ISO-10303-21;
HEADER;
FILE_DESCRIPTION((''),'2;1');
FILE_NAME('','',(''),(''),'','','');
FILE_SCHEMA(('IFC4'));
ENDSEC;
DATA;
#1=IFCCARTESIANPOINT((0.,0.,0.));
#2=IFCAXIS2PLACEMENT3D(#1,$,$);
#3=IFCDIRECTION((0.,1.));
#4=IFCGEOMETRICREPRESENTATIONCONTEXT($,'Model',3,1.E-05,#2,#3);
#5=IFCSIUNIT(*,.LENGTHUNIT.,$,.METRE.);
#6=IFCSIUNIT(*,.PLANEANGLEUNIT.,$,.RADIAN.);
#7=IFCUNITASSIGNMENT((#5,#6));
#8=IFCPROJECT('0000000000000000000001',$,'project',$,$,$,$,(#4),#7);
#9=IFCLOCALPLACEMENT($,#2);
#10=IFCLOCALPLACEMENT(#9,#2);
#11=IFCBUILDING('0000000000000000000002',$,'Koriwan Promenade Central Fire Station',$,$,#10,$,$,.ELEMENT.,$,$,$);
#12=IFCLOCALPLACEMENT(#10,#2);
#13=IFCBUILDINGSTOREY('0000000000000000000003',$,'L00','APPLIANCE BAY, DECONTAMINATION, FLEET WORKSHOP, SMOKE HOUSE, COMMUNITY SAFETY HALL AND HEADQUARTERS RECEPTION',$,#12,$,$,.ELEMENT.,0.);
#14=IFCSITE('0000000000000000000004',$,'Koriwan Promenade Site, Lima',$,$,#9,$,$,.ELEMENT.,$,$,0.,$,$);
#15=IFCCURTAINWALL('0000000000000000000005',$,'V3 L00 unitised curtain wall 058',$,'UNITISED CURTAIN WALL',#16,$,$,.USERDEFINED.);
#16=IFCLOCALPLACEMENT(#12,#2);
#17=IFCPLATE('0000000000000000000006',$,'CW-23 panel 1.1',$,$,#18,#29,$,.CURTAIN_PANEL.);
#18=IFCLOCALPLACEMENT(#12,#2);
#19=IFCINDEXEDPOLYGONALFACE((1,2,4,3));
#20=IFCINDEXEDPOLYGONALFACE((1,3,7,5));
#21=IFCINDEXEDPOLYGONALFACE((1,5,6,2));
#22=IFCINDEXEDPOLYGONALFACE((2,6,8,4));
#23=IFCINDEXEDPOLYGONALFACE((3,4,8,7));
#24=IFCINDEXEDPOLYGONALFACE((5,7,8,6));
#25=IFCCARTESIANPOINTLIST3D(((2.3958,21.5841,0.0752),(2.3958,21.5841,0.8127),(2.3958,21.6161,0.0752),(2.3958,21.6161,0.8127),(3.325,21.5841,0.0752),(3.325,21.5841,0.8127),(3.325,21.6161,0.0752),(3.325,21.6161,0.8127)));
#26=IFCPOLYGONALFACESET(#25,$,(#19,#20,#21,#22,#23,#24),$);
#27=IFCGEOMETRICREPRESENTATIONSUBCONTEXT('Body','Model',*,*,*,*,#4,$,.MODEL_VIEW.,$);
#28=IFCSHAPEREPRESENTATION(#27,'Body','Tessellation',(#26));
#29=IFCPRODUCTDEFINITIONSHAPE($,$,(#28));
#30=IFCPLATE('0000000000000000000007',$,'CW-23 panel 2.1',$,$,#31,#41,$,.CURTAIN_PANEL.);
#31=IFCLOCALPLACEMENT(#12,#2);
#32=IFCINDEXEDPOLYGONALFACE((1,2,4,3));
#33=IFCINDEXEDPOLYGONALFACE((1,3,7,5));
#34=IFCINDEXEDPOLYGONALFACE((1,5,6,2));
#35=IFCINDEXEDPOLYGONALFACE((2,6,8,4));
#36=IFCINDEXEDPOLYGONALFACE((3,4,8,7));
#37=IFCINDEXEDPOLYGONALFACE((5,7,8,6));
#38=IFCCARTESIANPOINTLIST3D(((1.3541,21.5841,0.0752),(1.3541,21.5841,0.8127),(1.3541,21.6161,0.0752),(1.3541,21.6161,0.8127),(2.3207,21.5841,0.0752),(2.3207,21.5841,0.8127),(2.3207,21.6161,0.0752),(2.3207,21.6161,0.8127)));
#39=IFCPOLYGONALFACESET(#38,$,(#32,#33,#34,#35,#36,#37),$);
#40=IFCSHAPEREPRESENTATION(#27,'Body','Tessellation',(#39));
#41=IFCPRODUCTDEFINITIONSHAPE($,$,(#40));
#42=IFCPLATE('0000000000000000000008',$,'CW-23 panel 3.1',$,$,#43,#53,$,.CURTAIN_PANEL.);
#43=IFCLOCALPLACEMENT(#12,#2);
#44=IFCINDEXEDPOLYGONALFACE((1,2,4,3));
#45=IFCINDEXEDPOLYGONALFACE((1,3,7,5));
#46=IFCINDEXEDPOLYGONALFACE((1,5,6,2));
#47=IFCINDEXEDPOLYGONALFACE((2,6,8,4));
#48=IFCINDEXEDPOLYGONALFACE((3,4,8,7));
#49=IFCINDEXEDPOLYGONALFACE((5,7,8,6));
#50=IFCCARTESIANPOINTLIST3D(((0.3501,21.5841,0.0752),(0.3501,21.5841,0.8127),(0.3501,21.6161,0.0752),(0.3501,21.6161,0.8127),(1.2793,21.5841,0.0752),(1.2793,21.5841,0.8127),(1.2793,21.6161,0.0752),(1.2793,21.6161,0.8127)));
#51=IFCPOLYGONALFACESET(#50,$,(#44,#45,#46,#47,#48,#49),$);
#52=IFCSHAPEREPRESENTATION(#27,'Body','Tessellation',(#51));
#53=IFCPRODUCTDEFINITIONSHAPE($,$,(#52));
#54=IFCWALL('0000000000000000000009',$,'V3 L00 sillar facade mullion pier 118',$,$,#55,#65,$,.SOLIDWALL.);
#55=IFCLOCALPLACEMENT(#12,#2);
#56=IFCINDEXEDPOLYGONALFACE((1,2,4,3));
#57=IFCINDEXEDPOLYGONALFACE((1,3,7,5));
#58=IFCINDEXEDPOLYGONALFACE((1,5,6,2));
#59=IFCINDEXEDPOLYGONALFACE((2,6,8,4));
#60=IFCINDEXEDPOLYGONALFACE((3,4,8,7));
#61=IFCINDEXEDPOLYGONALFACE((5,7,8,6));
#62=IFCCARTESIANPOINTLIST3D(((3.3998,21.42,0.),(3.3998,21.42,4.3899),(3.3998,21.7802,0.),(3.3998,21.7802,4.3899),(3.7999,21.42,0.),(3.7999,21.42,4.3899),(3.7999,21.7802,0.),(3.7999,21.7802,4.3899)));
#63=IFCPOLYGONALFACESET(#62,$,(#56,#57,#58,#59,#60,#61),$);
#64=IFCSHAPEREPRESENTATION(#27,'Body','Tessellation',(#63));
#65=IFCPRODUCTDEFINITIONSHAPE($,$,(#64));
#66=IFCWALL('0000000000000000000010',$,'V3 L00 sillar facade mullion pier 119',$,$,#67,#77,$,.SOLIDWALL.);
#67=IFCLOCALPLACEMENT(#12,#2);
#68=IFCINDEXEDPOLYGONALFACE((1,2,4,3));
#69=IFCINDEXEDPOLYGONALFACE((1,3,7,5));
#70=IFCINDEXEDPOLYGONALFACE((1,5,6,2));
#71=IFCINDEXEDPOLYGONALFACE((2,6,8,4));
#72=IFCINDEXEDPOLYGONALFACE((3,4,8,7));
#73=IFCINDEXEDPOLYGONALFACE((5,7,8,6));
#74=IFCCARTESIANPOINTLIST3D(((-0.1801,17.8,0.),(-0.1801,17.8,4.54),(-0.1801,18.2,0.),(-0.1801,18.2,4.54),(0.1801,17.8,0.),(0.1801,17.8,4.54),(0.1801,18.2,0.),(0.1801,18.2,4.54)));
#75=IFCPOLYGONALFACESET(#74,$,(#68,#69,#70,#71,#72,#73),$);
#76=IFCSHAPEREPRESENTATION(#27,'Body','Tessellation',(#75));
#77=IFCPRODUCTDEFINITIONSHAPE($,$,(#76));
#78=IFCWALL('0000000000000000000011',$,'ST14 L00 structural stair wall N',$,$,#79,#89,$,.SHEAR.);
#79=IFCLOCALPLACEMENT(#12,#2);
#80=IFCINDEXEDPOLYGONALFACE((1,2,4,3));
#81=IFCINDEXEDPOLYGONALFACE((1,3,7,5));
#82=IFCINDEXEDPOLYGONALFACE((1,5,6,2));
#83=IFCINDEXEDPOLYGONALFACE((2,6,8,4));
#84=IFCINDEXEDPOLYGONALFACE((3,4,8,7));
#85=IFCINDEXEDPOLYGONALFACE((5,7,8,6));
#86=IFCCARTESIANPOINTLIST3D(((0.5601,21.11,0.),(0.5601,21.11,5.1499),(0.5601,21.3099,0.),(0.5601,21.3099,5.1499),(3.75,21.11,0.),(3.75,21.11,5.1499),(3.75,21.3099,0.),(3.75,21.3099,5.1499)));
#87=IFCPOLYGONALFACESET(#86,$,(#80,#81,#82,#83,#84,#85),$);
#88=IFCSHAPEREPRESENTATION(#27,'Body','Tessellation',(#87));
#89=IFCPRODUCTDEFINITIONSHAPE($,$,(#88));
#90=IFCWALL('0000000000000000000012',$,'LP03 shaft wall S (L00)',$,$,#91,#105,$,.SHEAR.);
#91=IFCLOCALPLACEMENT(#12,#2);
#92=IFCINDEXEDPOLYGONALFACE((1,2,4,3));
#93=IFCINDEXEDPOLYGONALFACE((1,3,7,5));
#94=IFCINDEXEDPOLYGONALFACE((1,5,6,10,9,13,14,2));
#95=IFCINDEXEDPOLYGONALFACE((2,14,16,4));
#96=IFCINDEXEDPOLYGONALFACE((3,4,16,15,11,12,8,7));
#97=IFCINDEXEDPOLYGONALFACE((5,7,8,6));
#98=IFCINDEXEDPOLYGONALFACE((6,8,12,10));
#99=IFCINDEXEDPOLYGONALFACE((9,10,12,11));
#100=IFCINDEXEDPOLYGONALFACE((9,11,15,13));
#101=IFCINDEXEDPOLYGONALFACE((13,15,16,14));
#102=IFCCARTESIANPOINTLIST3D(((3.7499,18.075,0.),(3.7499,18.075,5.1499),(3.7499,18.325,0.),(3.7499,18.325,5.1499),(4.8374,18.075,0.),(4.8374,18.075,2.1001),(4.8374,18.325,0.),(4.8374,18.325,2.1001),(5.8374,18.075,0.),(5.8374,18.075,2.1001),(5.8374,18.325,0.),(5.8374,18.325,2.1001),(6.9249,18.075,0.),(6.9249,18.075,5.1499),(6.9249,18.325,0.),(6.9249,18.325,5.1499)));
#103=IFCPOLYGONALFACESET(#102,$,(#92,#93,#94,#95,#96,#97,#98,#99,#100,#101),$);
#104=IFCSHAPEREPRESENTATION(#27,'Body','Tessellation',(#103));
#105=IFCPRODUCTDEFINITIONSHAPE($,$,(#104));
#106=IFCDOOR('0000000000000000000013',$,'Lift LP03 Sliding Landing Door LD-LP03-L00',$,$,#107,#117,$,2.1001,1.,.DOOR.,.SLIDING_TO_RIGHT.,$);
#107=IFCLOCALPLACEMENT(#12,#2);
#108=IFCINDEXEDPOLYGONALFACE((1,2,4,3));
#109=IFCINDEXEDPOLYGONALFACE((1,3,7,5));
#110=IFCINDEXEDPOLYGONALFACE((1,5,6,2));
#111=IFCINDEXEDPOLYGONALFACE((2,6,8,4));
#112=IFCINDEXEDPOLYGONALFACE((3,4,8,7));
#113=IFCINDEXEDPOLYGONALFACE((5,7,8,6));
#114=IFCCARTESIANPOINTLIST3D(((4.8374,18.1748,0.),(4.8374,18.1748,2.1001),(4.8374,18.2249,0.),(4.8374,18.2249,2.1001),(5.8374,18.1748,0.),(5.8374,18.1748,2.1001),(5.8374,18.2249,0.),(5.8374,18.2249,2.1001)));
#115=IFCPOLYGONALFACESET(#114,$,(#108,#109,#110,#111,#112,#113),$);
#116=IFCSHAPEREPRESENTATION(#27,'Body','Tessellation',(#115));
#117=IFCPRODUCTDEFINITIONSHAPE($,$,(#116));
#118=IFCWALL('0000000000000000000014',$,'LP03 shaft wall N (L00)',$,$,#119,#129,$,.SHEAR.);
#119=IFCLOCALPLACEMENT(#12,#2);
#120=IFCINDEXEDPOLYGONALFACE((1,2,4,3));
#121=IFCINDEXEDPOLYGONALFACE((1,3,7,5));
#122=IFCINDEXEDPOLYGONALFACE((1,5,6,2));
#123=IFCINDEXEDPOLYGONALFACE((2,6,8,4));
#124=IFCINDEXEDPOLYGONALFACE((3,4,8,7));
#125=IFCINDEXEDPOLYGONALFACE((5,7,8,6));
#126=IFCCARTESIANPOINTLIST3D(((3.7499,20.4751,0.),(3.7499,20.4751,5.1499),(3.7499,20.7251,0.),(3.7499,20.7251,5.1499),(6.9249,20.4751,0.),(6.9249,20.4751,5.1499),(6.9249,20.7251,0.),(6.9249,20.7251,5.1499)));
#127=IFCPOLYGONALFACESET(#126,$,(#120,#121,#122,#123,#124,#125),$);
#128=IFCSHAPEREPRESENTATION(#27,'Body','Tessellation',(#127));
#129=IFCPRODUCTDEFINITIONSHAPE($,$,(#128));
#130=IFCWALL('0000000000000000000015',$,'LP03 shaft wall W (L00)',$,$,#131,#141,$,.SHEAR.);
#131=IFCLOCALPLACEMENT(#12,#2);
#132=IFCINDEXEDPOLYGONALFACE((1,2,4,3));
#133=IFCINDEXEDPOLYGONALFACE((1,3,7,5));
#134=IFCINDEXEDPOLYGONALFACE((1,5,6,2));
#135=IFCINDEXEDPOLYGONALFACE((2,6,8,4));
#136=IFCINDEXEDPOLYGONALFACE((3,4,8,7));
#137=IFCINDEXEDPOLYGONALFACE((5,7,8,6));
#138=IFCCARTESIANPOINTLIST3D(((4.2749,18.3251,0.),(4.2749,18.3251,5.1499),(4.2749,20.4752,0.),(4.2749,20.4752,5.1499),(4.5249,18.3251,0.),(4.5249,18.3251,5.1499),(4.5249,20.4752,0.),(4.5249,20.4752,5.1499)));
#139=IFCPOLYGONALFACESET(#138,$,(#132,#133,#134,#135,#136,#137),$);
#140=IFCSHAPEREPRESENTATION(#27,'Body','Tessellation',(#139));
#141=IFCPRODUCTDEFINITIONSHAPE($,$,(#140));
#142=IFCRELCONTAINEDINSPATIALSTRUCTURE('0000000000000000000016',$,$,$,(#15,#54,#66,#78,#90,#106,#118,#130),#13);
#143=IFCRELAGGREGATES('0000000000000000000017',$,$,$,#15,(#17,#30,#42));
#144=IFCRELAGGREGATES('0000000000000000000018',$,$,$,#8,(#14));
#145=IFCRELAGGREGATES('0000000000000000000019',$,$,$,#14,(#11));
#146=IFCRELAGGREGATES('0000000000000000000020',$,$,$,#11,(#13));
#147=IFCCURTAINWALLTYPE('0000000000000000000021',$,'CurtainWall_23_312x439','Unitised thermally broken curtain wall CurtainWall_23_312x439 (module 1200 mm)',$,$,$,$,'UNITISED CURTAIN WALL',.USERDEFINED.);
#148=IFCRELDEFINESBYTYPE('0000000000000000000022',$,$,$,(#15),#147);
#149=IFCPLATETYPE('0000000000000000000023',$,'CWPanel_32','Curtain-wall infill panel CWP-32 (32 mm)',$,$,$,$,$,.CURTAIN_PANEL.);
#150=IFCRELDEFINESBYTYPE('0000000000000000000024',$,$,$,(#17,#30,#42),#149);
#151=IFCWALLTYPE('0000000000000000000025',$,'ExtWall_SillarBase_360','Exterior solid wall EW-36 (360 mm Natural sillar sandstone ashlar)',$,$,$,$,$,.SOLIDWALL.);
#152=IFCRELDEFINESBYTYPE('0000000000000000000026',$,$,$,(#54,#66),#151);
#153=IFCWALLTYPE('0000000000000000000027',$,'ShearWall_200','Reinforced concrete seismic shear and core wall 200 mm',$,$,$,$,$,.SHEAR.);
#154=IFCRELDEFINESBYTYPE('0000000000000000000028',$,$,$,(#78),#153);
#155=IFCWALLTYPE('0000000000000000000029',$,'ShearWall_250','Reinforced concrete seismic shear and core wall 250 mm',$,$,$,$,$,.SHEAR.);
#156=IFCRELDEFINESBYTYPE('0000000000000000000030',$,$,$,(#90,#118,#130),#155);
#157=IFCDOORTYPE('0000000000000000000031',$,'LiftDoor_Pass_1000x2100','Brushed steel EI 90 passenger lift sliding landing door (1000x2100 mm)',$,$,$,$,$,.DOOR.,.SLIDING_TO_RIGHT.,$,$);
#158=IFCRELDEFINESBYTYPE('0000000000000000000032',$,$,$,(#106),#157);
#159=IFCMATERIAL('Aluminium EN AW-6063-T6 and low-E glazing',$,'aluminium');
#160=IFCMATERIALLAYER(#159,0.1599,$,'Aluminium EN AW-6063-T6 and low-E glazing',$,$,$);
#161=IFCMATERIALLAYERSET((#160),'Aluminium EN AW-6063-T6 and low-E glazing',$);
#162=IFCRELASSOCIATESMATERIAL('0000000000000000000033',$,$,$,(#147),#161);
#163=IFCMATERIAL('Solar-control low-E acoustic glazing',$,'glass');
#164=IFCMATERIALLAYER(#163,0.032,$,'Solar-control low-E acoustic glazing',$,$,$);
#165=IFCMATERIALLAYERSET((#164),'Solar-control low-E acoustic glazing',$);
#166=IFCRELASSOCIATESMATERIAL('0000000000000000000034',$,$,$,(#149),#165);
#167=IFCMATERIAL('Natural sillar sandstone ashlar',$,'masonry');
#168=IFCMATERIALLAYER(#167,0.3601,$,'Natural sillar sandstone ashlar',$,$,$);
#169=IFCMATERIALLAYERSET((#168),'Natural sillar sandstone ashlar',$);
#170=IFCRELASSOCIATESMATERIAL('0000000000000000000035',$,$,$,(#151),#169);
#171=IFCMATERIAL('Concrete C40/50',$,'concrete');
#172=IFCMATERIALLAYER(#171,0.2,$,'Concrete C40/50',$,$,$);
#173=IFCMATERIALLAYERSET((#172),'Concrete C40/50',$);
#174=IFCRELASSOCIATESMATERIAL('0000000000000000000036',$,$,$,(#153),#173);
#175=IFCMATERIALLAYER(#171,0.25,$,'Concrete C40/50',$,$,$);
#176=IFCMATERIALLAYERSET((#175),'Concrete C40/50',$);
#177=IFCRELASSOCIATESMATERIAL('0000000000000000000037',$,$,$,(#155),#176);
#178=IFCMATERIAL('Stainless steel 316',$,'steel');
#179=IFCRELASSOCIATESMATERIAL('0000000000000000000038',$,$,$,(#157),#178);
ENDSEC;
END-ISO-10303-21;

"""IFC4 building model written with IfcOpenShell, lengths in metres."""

from ifc_helpers import new_model, si_unit, direction, frame, frame_2d, origin, origin_2d, place, context, subcontext, project, spatial, rectangle, extrude, material, layer, layer_set, type_object, element, fill, aggregate, save


model = new_model("IFC4")

# Units and contexts
model_context = context("Model", 3, precision=1e-05, world=origin(), true_north=direction((0.0, 1.0)))
body_context = subcontext(model_context, "Body", "Model", "MODEL_VIEW")
ifc_project = project(units=[si_unit("LENGTHUNIT", "METRE"), si_unit("PLANEANGLEUNIT", "RADIAN")], contexts=[model_context])

# Site, building, storey
site_placement = place(None, origin())
site = spatial("IfcSite", under=ifc_project, at=site_placement, Name="Koriwan Promenade Site, Lima", CompositionType="ELEMENT", RefElevation=0.0)
building_placement = place(site_placement, origin())
building = spatial("IfcBuilding", under=site, at=building_placement, Name="Koriwan Promenade Central Fire Station", CompositionType="ELEMENT")
storey_placement = place(building_placement, origin())
storey = spatial("IfcBuildingStorey", under=building, at=storey_placement, Name="L00", Description="APPLIANCE BAY, DECONTAMINATION, FLEET WORKSHOP, SMOKE HOUSE, COMMUNITY SAFETY HALL AND HEADQUARTERS RECEPTION", CompositionType="ELEMENT", Elevation=0.0)

# Shared definitions
ifc_material_1 = material(Name="Concrete C40/50", Category="concrete")

# Shared definitions
ifc_material_2 = material(Name="Aluminium EN AW-6063-T6 and low-E glazing", Category="aluminium")

# Curtain wall
ifc_layer_1 = layer(ifc_material_2, 0.1599, Name="Aluminium EN AW-6063-T6 and low-E glazing")
ifc_layer_set_1 = layer_set([ifc_layer_1], Name="Aluminium EN AW-6063-T6 and low-E glazing")
curtain_wall_type_1 = type_object("IfcCurtainWallType", Name="CurtainWall_23_312x439", Description="Unitised thermally broken curtain wall CurtainWall_23_312x439 (module 1200 mm)", ElementType="UNITISED CURTAIN WALL", PredefinedType="USERDEFINED", material=ifc_layer_set_1)
curtain_wall_1_placement = place(storey_placement, origin())
curtain_wall_1 = element("IfcCurtainWall", 1, at=curtain_wall_1_placement, inside=storey, type_object=curtain_wall_type_1, Name="V3 L00 unitised curtain wall 058", ObjectType="UNITISED CURTAIN WALL", PredefinedType="USERDEFINED")

# Plates
ifc_material_3 = material(Name="Solar-control low-E acoustic glazing", Category="glass")
ifc_layer_2 = layer(ifc_material_3, 0.032, Name="Solar-control low-E acoustic glazing")
ifc_layer_set_2 = layer_set([ifc_layer_2], Name="Solar-control low-E acoustic glazing")
plate_type_1 = type_object("IfcPlateType", Name="CWPanel_32", Description="Curtain-wall infill panel CWP-32 (32 mm)", PredefinedType="CURTAIN_PANEL", material=ifc_layer_set_2)
plate_1_placement = place(storey_placement, frame((2.8604, 21.6001, 0.0752), z_axis=(0.0, 0.0, 1.0), x_axis=(-1.0, 0.0, 0.0)))
plate_1 = element("IfcPlate", 2, at=plate_1_placement, type_object=plate_type_1, Name="CW-23 panel 1.1", PredefinedType="CURTAIN_PANEL", context=body_context, shape_type="SweptSolid", body=[
    extrude(rectangle(XDim=0.9292, YDim=0.032, at=origin_2d()), origin(), (0.0, 0.0, 1.0), 0.7375),
])
plate_2_placement = place(storey_placement, frame((1.8374, 21.6001, 0.0752), z_axis=(0.0, 0.0, 1.0), x_axis=(-1.0, 0.0, 0.0)))
plate_2 = element("IfcPlate", 3, at=plate_2_placement, type_object=plate_type_1, Name="CW-23 panel 2.1", PredefinedType="CURTAIN_PANEL", context=body_context, shape_type="SweptSolid", body=[
    extrude(rectangle(XDim=0.9666, YDim=0.032, at=origin_2d()), origin(), (0.0, 0.0, 1.0), 0.7375),
])
plate_3_placement = place(storey_placement, frame((0.8147, 21.6001, 0.0752), z_axis=(0.0, 0.0, 1.0), x_axis=(-1.0, 0.0, 0.0)))
plate_3 = element("IfcPlate", 4, at=plate_3_placement, type_object=plate_type_1, Name="CW-23 panel 3.1", PredefinedType="CURTAIN_PANEL", context=body_context, shape_type="SweptSolid", body=[
    extrude(rectangle(XDim=0.9292, YDim=0.032, at=origin_2d()), origin(), (0.0, 0.0, 1.0), 0.7375),
])
aggregate(curtain_wall_1, [plate_1, plate_2, plate_3])

# Walls
ifc_material_4 = material(Name="Natural sillar sandstone ashlar", Category="masonry")
ifc_layer_3 = layer(ifc_material_4, 0.3601, Name="Natural sillar sandstone ashlar")
ifc_layer_set_3 = layer_set([ifc_layer_3], Name="Natural sillar sandstone ashlar")
wall_type_1 = type_object("IfcWallType", Name="ExtWall_SillarBase_360", Description="Exterior solid wall EW-36 (360 mm Natural sillar sandstone ashlar)", PredefinedType="SOLIDWALL", material=ifc_layer_set_3)
wall_1_placement = place(storey_placement, frame((3.8, 21.6001, 0.0), z_axis=(0.0, 0.0, 1.0), x_axis=(-1.0, 0.0, 0.0)))
element("IfcWall", 5, at=wall_1_placement, inside=storey, type_object=wall_type_1, Name="V3 L00 sillar facade mullion pier 118", PredefinedType="SOLIDWALL", context=body_context, shape_type="SweptSolid", body=[
    extrude(rectangle(XDim=0.4001, YDim=0.3601, at=frame_2d((0.2002, 0.0))), origin(), (0.0, 0.0, 1.0), 4.3899),
])
wall_2_placement = place(storey_placement, frame((0.0, 18.2, 0.0), z_axis=(0.0, 0.0, 1.0), x_axis=(0.0, -1.0, 0.0)))
element("IfcWall", 6, at=wall_2_placement, inside=storey, type_object=wall_type_1, Name="V3 L00 sillar facade mullion pier 119", PredefinedType="SOLIDWALL", context=body_context, shape_type="SweptSolid", body=[
    extrude(rectangle(XDim=0.3999, YDim=0.3601, at=frame_2d((0.2, 0.0))), origin(), (0.0, 0.0, 1.0), 4.54),
])
ifc_layer_4 = layer(ifc_material_1, 0.2, Name="Concrete C40/50")
ifc_layer_set_4 = layer_set([ifc_layer_4], Name="Concrete C40/50")
wall_type_2 = type_object("IfcWallType", Name="ShearWall_200", Description="Reinforced concrete seismic shear and core wall 200 mm", PredefinedType="SHEAR", material=ifc_layer_set_4)
wall_3_placement = place(storey_placement, frame((0.5601, 21.21, 0.0), z_axis=(0.0, 0.0, 1.0), x_axis=(1.0, 0.0, 0.0)))
element("IfcWall", 7, at=wall_3_placement, inside=storey, type_object=wall_type_2, Name="ST14 L00 structural stair wall N", PredefinedType="SHEAR", context=body_context, shape_type="SweptSolid", body=[
    extrude(rectangle(XDim=3.1899, YDim=0.2, at=frame_2d((1.595, 0.0))), origin(), (0.0, 0.0, 1.0), 5.1499),
])

# Wall, opening, door
ifc_layer_5 = layer(ifc_material_1, 0.25, Name="Concrete C40/50")
ifc_layer_set_5 = layer_set([ifc_layer_5], Name="Concrete C40/50")
wall_type_3 = type_object("IfcWallType", Name="ShearWall_250", Description="Reinforced concrete seismic shear and core wall 250 mm", PredefinedType="SHEAR", material=ifc_layer_set_5)
wall_4_placement = place(storey_placement, frame((3.75, 18.2, 0.0), z_axis=(0.0, 0.0, 1.0), x_axis=(1.0, 0.0, 0.0)))
wall_4 = element("IfcWall", 8, at=wall_4_placement, inside=storey, type_object=wall_type_3, Name="LP03 shaft wall S (L00)", PredefinedType="SHEAR", context=body_context, shape_type="SweptSolid", body=[
    extrude(rectangle(XDim=3.175, YDim=0.25, at=frame_2d((1.5874, 0.0))), origin(), (0.0, 0.0, 1.0), 5.1499),
])
opening_placement = place(wall_4_placement, frame((1.0874, 0.0, 0.0)))
opening = element("IfcOpeningElement", 9, at=opening_placement, cuts=wall_4, PredefinedType="OPENING", context=body_context, shape_type="SweptSolid", body=[
    extrude(rectangle(XDim=1.0, YDim=2.1001, at=frame_2d((0.5, 1.05))), frame((0.0, 0.137, 0.0), z_axis=(0.0, -1.0, 0.0), x_axis=(1.0, 0.0, 0.0)), (0.0, 0.0, 1.0), 0.2739),
])
ifc_material_5 = material(Name="Stainless steel 316", Category="steel")
door_type = type_object("IfcDoorType", Name="LiftDoor_Pass_1000x2100", Description="Brushed steel EI 90 passenger lift sliding landing door (1000x2100 mm)", OperationType="SLIDING_TO_RIGHT", PredefinedType="DOOR", material=ifc_material_5)
door_placement = place(opening_placement, origin())
door = element("IfcDoor", 10, at=door_placement, inside=storey, type_object=door_type, Name="Lift LP03 Sliding Landing Door LD-LP03-L00", OperationType="SLIDING_TO_RIGHT", OverallHeight=2.1001, OverallWidth=1.0, PredefinedType="DOOR", context=body_context, shape_type="SweptSolid", body=[
    extrude(rectangle(XDim=1.0, YDim=2.1001, at=frame_2d((0.5, 1.05))), frame((0.0, 0.0249, 0.0), z_axis=(0.0, -1.0, 0.0), x_axis=(1.0, 0.0, 0.0)), (0.0, 0.0, 1.0), 0.05),
])
fill(opening, door)

# Walls
wall_5_placement = place(storey_placement, frame((3.75, 20.6001, 0.0), z_axis=(0.0, 0.0, 1.0), x_axis=(1.0, 0.0, 0.0)))
element("IfcWall", 11, at=wall_5_placement, inside=storey, type_object=wall_type_3, Name="LP03 shaft wall N (L00)", PredefinedType="SHEAR", context=body_context, shape_type="SweptSolid", body=[
    extrude(rectangle(XDim=3.175, YDim=0.25, at=frame_2d((1.5874, 0.0))), origin(), (0.0, 0.0, 1.0), 5.1499),
])
wall_6_placement = place(storey_placement, frame((4.3999, 18.325, 0.0), z_axis=(0.0, 0.0, 1.0), x_axis=(0.0, 1.0, 0.0)))
element("IfcWall", 12, at=wall_6_placement, inside=storey, type_object=wall_type_3, Name="LP03 shaft wall W (L00)", PredefinedType="SHEAR", context=body_context, shape_type="SweptSolid", body=[
    extrude(rectangle(XDim=2.1501, YDim=0.25, at=frame_2d((1.0752, 0.0))), origin(), (0.0, 0.0, 1.0), 5.1499),
])

save(model, "model.ifc")
